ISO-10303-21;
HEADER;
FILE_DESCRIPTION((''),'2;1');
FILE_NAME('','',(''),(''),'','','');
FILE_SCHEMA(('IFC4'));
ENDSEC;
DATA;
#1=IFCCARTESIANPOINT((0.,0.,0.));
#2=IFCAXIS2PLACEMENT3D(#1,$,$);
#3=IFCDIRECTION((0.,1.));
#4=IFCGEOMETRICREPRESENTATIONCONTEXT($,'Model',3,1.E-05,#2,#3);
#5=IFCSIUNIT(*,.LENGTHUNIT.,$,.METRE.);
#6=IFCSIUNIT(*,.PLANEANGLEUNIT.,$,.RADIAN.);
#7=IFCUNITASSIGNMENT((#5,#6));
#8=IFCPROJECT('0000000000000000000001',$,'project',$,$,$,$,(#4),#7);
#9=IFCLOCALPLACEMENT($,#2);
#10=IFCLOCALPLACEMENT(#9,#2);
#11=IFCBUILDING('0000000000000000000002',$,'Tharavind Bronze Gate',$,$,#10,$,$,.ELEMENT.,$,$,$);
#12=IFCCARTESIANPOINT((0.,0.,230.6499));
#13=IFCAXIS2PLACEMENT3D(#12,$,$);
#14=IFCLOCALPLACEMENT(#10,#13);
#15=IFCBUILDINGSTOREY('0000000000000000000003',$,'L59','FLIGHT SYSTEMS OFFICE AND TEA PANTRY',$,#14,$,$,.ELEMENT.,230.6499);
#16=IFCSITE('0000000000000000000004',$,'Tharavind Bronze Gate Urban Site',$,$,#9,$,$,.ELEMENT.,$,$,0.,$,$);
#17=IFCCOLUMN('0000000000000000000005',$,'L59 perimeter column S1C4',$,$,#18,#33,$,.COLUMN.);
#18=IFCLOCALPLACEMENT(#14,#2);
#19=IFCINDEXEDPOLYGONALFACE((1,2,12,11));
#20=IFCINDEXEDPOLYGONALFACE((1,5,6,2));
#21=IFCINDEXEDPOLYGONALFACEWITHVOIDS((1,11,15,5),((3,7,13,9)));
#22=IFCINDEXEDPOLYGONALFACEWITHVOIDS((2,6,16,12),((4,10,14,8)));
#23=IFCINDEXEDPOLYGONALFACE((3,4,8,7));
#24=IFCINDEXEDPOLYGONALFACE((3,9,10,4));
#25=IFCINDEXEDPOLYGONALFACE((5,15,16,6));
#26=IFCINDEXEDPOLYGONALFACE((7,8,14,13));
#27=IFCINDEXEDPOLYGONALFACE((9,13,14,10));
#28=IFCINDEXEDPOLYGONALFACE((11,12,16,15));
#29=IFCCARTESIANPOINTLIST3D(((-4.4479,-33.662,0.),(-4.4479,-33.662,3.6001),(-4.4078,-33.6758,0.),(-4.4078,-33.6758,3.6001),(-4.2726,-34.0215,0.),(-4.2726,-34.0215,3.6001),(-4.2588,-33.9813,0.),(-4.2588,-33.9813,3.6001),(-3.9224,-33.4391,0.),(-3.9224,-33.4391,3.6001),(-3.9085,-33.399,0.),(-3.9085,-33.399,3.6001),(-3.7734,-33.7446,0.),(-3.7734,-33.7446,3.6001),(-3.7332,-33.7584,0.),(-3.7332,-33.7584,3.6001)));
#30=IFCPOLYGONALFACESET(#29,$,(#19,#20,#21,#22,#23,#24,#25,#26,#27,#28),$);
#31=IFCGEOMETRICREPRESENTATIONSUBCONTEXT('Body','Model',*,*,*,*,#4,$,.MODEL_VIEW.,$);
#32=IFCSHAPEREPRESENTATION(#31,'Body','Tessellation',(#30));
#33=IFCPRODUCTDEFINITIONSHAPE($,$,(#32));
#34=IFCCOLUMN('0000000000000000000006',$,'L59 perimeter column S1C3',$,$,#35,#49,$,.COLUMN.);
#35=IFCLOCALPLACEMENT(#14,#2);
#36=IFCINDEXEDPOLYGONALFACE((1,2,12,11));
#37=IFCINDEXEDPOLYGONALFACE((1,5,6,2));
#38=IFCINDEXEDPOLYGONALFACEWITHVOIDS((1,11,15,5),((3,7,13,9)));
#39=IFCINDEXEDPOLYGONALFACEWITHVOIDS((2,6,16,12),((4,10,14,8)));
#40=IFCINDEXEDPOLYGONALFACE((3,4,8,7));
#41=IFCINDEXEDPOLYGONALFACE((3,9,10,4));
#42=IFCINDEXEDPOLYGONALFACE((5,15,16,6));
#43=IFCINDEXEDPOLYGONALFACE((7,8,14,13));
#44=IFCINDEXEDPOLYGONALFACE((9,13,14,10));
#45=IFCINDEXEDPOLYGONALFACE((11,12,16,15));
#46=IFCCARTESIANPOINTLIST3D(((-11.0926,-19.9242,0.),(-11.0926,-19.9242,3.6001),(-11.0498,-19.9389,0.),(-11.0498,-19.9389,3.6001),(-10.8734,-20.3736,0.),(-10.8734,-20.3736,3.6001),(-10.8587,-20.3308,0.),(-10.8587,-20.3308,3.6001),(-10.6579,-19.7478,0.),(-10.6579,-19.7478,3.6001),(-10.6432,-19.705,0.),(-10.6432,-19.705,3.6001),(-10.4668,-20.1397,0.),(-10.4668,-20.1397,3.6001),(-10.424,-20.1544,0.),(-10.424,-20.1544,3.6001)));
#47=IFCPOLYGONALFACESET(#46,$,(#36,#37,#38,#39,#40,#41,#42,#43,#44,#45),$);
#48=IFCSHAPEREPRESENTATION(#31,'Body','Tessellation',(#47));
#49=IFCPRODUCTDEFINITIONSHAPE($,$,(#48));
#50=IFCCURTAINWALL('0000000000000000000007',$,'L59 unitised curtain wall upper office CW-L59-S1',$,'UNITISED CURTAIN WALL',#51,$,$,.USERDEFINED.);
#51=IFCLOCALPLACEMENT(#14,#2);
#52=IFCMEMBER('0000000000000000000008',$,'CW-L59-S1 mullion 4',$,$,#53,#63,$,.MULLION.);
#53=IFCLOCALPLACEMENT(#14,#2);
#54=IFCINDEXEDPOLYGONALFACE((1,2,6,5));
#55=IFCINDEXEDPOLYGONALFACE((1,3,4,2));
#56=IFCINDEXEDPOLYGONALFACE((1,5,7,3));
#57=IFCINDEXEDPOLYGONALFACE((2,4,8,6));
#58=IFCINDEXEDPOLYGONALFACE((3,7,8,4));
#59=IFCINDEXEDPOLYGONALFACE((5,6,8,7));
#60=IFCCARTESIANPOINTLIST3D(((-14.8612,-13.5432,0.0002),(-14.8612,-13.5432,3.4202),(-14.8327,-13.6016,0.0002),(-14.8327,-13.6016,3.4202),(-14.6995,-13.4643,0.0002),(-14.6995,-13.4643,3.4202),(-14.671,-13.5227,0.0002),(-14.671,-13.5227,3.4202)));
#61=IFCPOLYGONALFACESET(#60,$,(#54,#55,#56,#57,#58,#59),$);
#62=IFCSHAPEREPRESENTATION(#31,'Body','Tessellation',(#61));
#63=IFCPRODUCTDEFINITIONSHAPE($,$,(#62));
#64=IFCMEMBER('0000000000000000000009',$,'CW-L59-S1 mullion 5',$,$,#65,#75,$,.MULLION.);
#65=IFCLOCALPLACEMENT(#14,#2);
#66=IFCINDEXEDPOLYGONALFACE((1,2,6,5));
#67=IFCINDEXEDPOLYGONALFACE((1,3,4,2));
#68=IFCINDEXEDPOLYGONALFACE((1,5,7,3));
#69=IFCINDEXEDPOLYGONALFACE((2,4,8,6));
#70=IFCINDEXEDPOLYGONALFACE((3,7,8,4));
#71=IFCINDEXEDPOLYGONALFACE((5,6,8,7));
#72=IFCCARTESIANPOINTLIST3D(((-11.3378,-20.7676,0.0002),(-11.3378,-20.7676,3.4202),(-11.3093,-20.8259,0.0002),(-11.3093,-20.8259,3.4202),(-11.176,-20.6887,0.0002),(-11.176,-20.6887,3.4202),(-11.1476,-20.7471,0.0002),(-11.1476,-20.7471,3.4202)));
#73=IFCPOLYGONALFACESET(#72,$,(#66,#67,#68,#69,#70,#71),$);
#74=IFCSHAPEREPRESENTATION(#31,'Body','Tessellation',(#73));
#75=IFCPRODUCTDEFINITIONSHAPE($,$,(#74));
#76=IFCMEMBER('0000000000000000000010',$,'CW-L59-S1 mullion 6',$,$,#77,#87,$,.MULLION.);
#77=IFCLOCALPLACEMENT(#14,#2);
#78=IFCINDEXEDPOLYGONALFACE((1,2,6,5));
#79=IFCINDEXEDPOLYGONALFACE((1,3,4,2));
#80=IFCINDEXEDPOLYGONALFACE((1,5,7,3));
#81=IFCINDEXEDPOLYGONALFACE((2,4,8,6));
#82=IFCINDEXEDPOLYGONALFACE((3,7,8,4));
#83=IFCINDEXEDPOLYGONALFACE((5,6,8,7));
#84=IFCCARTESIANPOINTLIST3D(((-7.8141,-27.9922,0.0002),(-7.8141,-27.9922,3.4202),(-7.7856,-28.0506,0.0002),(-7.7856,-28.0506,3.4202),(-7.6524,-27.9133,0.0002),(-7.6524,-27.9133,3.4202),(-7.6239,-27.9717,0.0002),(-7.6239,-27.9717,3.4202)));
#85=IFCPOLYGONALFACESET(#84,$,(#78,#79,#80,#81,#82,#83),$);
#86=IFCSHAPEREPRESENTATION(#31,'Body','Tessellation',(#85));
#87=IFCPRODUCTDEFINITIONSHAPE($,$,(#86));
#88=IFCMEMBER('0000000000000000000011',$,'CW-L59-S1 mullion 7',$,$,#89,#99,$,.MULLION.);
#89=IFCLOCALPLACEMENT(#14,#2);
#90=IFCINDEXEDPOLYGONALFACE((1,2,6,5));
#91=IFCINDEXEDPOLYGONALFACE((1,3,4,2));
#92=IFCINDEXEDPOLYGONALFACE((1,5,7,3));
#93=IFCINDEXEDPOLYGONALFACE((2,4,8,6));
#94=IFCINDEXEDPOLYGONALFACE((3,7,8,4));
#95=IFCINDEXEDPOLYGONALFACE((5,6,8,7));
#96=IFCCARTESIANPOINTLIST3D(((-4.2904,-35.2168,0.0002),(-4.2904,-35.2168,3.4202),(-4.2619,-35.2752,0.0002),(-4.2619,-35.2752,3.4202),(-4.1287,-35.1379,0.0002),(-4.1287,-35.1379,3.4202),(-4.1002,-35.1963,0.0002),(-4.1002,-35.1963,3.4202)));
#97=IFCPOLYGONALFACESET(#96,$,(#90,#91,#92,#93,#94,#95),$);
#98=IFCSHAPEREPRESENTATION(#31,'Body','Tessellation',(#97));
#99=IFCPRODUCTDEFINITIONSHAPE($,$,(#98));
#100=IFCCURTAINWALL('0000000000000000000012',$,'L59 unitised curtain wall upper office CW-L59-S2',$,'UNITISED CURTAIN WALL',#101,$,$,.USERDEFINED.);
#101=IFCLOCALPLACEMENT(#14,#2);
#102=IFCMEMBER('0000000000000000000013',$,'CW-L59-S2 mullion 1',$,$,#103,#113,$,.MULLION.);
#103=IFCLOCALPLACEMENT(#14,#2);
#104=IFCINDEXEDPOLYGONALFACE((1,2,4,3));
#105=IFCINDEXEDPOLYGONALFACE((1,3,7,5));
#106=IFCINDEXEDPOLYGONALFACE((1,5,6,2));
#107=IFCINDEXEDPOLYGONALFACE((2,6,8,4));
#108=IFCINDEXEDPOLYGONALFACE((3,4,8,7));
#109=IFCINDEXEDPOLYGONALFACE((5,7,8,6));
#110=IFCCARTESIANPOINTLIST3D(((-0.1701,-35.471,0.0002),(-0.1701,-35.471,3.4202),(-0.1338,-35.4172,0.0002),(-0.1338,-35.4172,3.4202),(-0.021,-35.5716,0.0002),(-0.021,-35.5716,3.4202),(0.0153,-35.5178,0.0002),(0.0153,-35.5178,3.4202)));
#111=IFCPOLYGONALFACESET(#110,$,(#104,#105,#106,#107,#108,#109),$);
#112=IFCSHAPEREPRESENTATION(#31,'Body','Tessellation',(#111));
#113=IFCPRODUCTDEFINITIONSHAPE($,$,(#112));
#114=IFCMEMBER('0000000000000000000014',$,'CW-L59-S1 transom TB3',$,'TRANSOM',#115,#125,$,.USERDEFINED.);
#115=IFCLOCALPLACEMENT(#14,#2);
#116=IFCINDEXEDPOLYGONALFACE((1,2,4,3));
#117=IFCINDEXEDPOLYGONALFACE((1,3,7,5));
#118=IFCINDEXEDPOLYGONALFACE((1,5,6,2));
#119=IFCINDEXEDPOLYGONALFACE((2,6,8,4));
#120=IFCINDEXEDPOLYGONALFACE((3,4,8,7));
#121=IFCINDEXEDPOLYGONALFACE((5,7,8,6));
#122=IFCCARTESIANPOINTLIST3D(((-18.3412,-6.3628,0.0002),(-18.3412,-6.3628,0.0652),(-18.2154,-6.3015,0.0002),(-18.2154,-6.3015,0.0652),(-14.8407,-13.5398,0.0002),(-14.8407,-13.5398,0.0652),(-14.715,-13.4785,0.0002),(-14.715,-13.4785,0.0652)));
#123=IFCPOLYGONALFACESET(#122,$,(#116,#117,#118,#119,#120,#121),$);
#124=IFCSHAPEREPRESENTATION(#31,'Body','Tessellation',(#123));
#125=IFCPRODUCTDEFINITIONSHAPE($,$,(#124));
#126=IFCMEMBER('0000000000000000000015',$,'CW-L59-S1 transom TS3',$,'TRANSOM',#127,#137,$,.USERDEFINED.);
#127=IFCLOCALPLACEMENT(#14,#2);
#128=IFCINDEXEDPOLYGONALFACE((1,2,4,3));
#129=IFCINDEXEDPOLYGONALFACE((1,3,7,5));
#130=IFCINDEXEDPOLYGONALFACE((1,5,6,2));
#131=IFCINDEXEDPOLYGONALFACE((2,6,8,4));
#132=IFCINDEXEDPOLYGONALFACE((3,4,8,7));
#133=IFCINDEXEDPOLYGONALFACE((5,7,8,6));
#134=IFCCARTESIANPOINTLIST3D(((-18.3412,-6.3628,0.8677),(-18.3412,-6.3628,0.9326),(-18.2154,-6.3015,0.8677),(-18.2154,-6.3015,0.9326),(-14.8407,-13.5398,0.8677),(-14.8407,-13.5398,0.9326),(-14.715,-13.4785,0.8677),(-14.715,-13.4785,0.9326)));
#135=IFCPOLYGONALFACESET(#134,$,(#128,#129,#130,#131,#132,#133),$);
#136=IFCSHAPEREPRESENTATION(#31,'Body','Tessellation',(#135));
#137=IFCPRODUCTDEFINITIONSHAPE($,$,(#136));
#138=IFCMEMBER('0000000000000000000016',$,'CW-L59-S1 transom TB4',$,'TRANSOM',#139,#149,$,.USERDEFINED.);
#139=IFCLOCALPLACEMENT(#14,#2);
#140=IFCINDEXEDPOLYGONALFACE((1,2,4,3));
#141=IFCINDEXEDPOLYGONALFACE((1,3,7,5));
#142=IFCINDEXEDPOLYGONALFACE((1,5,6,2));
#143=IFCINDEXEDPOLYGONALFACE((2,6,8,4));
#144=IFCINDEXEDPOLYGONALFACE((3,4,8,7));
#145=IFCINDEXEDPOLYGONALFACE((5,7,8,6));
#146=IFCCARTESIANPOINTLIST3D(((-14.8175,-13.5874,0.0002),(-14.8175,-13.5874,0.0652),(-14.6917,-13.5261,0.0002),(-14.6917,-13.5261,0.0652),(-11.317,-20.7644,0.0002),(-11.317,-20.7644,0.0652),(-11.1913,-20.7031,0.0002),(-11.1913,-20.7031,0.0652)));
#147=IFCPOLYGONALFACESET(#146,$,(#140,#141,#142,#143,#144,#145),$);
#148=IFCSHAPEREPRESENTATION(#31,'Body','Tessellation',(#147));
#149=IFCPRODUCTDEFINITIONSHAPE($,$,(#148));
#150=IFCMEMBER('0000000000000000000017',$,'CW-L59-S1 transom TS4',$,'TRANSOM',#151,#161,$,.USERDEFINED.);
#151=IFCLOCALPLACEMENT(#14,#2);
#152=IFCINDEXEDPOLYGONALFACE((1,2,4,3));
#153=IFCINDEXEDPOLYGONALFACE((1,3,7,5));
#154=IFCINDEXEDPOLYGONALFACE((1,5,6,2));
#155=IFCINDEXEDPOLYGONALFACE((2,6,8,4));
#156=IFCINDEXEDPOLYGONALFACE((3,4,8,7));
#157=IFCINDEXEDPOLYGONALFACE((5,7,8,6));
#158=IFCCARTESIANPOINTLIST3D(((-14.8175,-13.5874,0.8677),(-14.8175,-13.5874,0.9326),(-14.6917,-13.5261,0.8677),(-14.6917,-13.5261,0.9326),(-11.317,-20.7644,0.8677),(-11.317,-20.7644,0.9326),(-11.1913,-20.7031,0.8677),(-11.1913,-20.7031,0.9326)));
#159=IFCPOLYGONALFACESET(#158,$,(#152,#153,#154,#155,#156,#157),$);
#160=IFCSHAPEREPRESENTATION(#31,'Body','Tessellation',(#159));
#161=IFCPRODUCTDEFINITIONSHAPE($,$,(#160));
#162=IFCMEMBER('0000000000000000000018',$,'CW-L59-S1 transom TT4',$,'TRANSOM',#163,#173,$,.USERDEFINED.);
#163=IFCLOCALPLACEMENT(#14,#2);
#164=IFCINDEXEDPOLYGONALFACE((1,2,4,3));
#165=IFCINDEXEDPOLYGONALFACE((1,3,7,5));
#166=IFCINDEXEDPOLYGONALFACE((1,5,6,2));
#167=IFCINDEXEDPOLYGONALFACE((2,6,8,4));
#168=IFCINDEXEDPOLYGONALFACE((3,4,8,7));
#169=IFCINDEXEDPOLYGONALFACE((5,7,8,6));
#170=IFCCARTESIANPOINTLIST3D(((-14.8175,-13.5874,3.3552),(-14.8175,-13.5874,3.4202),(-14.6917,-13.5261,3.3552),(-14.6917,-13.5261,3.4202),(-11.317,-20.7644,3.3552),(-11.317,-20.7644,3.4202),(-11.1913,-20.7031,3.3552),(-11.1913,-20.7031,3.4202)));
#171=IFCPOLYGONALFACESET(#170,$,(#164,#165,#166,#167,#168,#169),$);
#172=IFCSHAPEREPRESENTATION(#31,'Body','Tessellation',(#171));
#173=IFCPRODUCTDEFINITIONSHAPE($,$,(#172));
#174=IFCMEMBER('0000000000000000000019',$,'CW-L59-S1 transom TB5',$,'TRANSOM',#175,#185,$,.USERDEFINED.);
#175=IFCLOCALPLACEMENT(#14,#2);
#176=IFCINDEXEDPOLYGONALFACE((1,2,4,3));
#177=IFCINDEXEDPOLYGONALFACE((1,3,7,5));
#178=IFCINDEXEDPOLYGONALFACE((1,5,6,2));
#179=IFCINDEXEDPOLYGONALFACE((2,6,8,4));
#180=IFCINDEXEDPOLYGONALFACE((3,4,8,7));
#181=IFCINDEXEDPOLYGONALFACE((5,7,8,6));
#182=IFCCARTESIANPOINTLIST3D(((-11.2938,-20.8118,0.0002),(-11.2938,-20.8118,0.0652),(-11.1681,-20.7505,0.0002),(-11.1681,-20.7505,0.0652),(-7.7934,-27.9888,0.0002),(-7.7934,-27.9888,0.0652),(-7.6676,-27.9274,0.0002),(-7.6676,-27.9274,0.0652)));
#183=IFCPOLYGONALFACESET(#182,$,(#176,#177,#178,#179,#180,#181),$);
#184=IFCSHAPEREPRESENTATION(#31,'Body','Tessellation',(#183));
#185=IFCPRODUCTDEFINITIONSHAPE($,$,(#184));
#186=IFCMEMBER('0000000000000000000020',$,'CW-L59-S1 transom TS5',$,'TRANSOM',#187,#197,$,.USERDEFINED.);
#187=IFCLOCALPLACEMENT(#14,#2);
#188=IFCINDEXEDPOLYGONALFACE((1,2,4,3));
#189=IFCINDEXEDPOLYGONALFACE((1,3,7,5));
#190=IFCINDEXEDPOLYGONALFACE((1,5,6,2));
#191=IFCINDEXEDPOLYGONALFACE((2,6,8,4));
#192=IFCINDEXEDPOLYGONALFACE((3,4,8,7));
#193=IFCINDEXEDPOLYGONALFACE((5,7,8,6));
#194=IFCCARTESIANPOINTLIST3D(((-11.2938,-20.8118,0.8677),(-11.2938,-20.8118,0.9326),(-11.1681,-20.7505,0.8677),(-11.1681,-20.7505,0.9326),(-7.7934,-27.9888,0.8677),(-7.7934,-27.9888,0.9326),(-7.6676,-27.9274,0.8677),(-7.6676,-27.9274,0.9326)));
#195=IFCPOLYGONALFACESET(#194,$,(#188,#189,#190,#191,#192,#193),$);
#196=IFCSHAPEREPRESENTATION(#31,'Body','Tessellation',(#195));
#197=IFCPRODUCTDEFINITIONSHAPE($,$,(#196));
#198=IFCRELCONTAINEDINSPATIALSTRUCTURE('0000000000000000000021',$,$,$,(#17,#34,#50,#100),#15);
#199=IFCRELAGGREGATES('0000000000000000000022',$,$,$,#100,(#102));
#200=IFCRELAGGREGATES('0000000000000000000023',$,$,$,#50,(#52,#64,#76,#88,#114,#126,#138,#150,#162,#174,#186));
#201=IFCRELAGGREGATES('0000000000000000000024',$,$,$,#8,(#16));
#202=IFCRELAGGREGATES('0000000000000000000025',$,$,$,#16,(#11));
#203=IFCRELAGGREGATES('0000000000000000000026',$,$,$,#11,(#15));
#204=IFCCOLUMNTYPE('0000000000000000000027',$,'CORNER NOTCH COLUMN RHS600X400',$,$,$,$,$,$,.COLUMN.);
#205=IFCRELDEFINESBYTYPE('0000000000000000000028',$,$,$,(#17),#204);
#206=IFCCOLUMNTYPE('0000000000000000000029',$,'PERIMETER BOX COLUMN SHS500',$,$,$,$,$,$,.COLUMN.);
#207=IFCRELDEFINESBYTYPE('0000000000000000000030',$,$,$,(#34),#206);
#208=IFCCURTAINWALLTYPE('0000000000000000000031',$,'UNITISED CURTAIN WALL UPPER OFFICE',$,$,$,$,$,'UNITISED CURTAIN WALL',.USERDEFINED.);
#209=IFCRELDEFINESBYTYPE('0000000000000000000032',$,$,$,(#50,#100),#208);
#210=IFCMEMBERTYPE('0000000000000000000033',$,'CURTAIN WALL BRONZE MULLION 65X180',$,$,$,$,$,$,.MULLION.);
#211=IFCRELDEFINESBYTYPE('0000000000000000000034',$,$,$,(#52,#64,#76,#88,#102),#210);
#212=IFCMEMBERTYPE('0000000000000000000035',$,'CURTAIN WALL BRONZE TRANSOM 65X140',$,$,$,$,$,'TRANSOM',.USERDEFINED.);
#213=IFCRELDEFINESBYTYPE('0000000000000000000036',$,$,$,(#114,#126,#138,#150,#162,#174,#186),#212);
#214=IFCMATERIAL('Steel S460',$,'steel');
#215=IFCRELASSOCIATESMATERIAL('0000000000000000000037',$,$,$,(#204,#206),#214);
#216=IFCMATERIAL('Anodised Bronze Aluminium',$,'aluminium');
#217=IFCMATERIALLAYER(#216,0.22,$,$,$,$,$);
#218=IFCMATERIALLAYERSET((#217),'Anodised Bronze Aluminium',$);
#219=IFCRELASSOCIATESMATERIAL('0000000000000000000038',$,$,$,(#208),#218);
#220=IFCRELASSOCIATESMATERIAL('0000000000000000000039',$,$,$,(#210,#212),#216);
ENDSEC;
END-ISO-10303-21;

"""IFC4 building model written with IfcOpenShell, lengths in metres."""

from ifc_helpers import new_model, si_unit, direction, frame, origin, origin_2d, place, context, subcontext, project, spatial, rectangle, hollow_rectangle, extrude, material, layer, layer_set, material_profile, profile_set, type_object, element, aggregate, save


model = new_model("IFC4")

# Units and contexts
model_context = context("Model", 3, precision=1e-05, world=origin(), true_north=direction((0.0, 1.0)))
body_context = subcontext(model_context, "Body", "Model", "MODEL_VIEW")
ifc_project = project(units=[si_unit("LENGTHUNIT", "METRE"), si_unit("PLANEANGLEUNIT", "RADIAN")], contexts=[model_context])

# Site, building, storey
site_placement = place(None, origin())
site = spatial("IfcSite", under=ifc_project, at=site_placement, Name="Tharavind Bronze Gate Urban Site", CompositionType="ELEMENT", RefElevation=0.0)
building_placement = place(site_placement, origin())
building = spatial("IfcBuilding", under=site, at=building_placement, Name="Tharavind Bronze Gate", CompositionType="ELEMENT")
storey_placement = place(building_placement, frame((0.0, 0.0, 230.6499)))
storey = spatial("IfcBuildingStorey", under=building, at=storey_placement, Name="L59", Description="FLIGHT SYSTEMS OFFICE AND TEA PANTRY", CompositionType="ELEMENT", Elevation=230.6499)

# Columns
ifc_material_1 = material(Name="Steel S460", Category="steel")
ifc_material_profile_1 = material_profile(ifc_material_1, hollow_rectangle(XDim=0.3999, YDim=0.6001, WallThickness=0.03, at=origin_2d()), Name="RHS600X400X30")
ifc_profile_set_1 = profile_set([ifc_material_profile_1], Name="Steel S460")
column_type_1 = type_object("IfcColumnType", Name="CORNER NOTCH COLUMN RHS600X400", PredefinedType="COLUMN", material=ifc_profile_set_1)
column_1_placement = place(storey_placement, frame((-4.0906, -33.7102, 0.0), z_axis=(0.0, 0.0, 1.0), x_axis=(-0.438371, 0.898794, 0.0)))
element("IfcColumn", 1, at=column_1_placement, inside=storey, type_object=column_type_1, Name="L59 perimeter column S1C4", PredefinedType="COLUMN", context=body_context, shape_type="SweptSolid", body=[
    extrude(hollow_rectangle(XDim=0.3999, YDim=0.6001, WallThickness=0.03, at=origin_2d()), origin(), (0.0, 0.0, 1.0), 3.6001),
])
ifc_material_profile_2 = material_profile(ifc_material_1, hollow_rectangle(XDim=0.5, YDim=0.5, WallThickness=0.032, at=origin_2d()), Name="SHS500X32")
ifc_profile_set_2 = profile_set([ifc_material_profile_2], Name="Steel S460")
column_type_2 = type_object("IfcColumnType", Name="PERIMETER BOX COLUMN SHS500", PredefinedType="COLUMN", material=ifc_profile_set_2)
column_2_placement = place(storey_placement, frame((-10.7583, -20.0393, 0.0), z_axis=(0.0, 0.0, 1.0), x_axis=(-0.438371, 0.898794, 0.0)))
element("IfcColumn", 2, at=column_2_placement, inside=storey, type_object=column_type_2, Name="L59 perimeter column S1C3", PredefinedType="COLUMN", context=body_context, shape_type="SweptSolid", body=[
    extrude(hollow_rectangle(XDim=0.5, YDim=0.5, WallThickness=0.032, at=origin_2d()), origin(), (0.0, 0.0, 1.0), 3.6001),
])

# Curtain wall, members
ifc_material_2 = material(Name="Anodised Bronze Aluminium", Category="aluminium")
ifc_layer_1 = layer(ifc_material_2, 0.22)
ifc_layer_set_1 = layer_set([ifc_layer_1], Name="Anodised Bronze Aluminium")
curtain_wall_type = type_object("IfcCurtainWallType", Name="UNITISED CURTAIN WALL UPPER OFFICE", ElementType="UNITISED CURTAIN WALL", PredefinedType="USERDEFINED", material=ifc_layer_set_1)
curtain_wall_1_placement = place(storey_placement, origin())
curtain_wall_1 = element("IfcCurtainWall", 3, at=curtain_wall_1_placement, inside=storey, type_object=curtain_wall_type, Name="L59 unitised curtain wall upper office CW-L59-S1", ObjectType="UNITISED CURTAIN WALL", PredefinedType="USERDEFINED")
member_type_1 = type_object("IfcMemberType", Name="CURTAIN WALL BRONZE MULLION 65X180", PredefinedType="MULLION", material=ifc_material_2)
member_1_placement = place(storey_placement, frame((-14.7661, -13.533, 0.0002), z_axis=(0.0, 0.0, 1.0), x_axis=(0.438371, -0.898794, 0.0)))
member_1 = element("IfcMember", 4, at=member_1_placement, type_object=member_type_1, Name="CW-L59-S1 mullion 4", PredefinedType="MULLION", context=body_context, shape_type="SweptSolid", body=[
    extrude(rectangle(XDim=0.0649, YDim=0.1799, at=origin_2d()), origin(), (0.0, 0.0, 1.0), 3.4199),
])
member_2_placement = place(storey_placement, frame((-11.2427, -20.7573, 0.0002), z_axis=(0.0, 0.0, 1.0), x_axis=(0.438371, -0.898794, 0.0)))
member_2 = element("IfcMember", 5, at=member_2_placement, type_object=member_type_1, Name="CW-L59-S1 mullion 5", PredefinedType="MULLION", context=body_context, shape_type="SweptSolid", body=[
    extrude(rectangle(XDim=0.0649, YDim=0.1799, at=origin_2d()), origin(), (0.0, 0.0, 1.0), 3.4199),
])
member_3_placement = place(storey_placement, frame((-7.719, -27.9819, 0.0002), z_axis=(0.0, 0.0, 1.0), x_axis=(0.438371, -0.898794, 0.0)))
member_3 = element("IfcMember", 6, at=member_3_placement, type_object=member_type_1, Name="CW-L59-S1 mullion 6", PredefinedType="MULLION", context=body_context, shape_type="SweptSolid", body=[
    extrude(rectangle(XDim=0.0649, YDim=0.1799, at=origin_2d()), origin(), (0.0, 0.0, 1.0), 3.4199),
])
member_4_placement = place(storey_placement, frame((-4.1953, -35.2065, 0.0002), z_axis=(0.0, 0.0, 1.0), x_axis=(0.438371, -0.898794, 0.0)))
member_4 = element("IfcMember", 7, at=member_4_placement, type_object=member_type_1, Name="CW-L59-S1 mullion 7", PredefinedType="MULLION", context=body_context, shape_type="SweptSolid", body=[
    extrude(rectangle(XDim=0.0649, YDim=0.1799, at=origin_2d()), origin(), (0.0, 0.0, 1.0), 3.4199),
])

# Curtain wall, member
curtain_wall_2_placement = place(storey_placement, origin())
curtain_wall_2 = element("IfcCurtainWall", 8, at=curtain_wall_2_placement, inside=storey, type_object=curtain_wall_type, Name="L59 unitised curtain wall upper office CW-L59-S2", ObjectType="UNITISED CURTAIN WALL", PredefinedType="USERDEFINED")
member_5_placement = place(storey_placement, frame((-0.0774, -35.4944, 0.0002), z_axis=(0.0, 0.0, 1.0), x_axis=(0.559193, 0.829038, 0.0)))
member_5 = element("IfcMember", 9, at=member_5_placement, type_object=member_type_1, Name="CW-L59-S2 mullion 1", PredefinedType="MULLION", context=body_context, shape_type="SweptSolid", body=[
    extrude(rectangle(XDim=0.0649, YDim=0.1799, at=origin_2d()), origin(), (0.0, 0.0, 1.0), 3.4199),
])
aggregate(curtain_wall_2, [member_5])

# Members
member_type_2 = type_object("IfcMemberType", Name="CURTAIN WALL BRONZE TRANSOM 65X140", ElementType="TRANSOM", PredefinedType="USERDEFINED", material=ifc_material_2)
member_6_placement = place(storey_placement, frame((-16.5281, -9.9207, 0.0002), z_axis=(0.0, 0.0, 1.0), x_axis=(0.438371, -0.898794, 0.0)))
member_6 = element("IfcMember", 10, at=member_6_placement, type_object=member_type_2, Name="CW-L59-S1 transom TB3", ObjectType="TRANSOM", PredefinedType="USERDEFINED", context=body_context, shape_type="SweptSolid", body=[
    extrude(rectangle(XDim=7.9851, YDim=0.1399, at=origin_2d()), origin(), (0.0, 0.0, 1.0), 0.0649),
])
member_7_placement = place(storey_placement, frame((-16.5281, -9.9207, 0.8677), z_axis=(0.0, 0.0, 1.0), x_axis=(0.438371, -0.898794, 0.0)))
member_7 = element("IfcMember", 11, at=member_7_placement, type_object=member_type_2, Name="CW-L59-S1 transom TS3", ObjectType="TRANSOM", PredefinedType="USERDEFINED", context=body_context, shape_type="SweptSolid", body=[
    extrude(rectangle(XDim=7.9851, YDim=0.1399, at=origin_2d()), origin(), (0.0, 0.0, 1.0), 0.0649),
])
member_8_placement = place(storey_placement, frame((-13.0044, -17.1453, 0.0002), z_axis=(0.0, 0.0, 1.0), x_axis=(0.438371, -0.898794, 0.0)))
member_8 = element("IfcMember", 12, at=member_8_placement, type_object=member_type_2, Name="CW-L59-S1 transom TB4", ObjectType="TRANSOM", PredefinedType="USERDEFINED", context=body_context, shape_type="SweptSolid", body=[
    extrude(rectangle(XDim=7.9851, YDim=0.1399, at=origin_2d()), origin(), (0.0, 0.0, 1.0), 0.0649),
])
member_9_placement = place(storey_placement, frame((-13.0044, -17.1453, 0.8677), z_axis=(0.0, 0.0, 1.0), x_axis=(0.438371, -0.898794, 0.0)))
member_9 = element("IfcMember", 13, at=member_9_placement, type_object=member_type_2, Name="CW-L59-S1 transom TS4", ObjectType="TRANSOM", PredefinedType="USERDEFINED", context=body_context, shape_type="SweptSolid", body=[
    extrude(rectangle(XDim=7.9851, YDim=0.1399, at=origin_2d()), origin(), (0.0, 0.0, 1.0), 0.0649),
])
member_10_placement = place(storey_placement, frame((-13.0044, -17.1453, 3.3552), z_axis=(0.0, 0.0, 1.0), x_axis=(0.438371, -0.898794, 0.0)))
member_10 = element("IfcMember", 14, at=member_10_placement, type_object=member_type_2, Name="CW-L59-S1 transom TT4", ObjectType="TRANSOM", PredefinedType="USERDEFINED", context=body_context, shape_type="SweptSolid", body=[
    extrude(rectangle(XDim=7.9851, YDim=0.1399, at=origin_2d()), origin(), (0.0, 0.0, 1.0), 0.0649),
])
member_11_placement = place(storey_placement, frame((-9.4807, -24.3696, 0.0002), z_axis=(0.0, 0.0, 1.0), x_axis=(0.438371, -0.898794, 0.0)))
member_11 = element("IfcMember", 15, at=member_11_placement, type_object=member_type_2, Name="CW-L59-S1 transom TB5", ObjectType="TRANSOM", PredefinedType="USERDEFINED", context=body_context, shape_type="SweptSolid", body=[
    extrude(rectangle(XDim=7.9851, YDim=0.1399, at=origin_2d()), origin(), (0.0, 0.0, 1.0), 0.0649),
])
member_12_placement = place(storey_placement, frame((-9.4807, -24.3696, 0.8677), z_axis=(0.0, 0.0, 1.0), x_axis=(0.438371, -0.898794, 0.0)))
member_12 = element("IfcMember", 16, at=member_12_placement, type_object=member_type_2, Name="CW-L59-S1 transom TS5", ObjectType="TRANSOM", PredefinedType="USERDEFINED", context=body_context, shape_type="SweptSolid", body=[
    extrude(rectangle(XDim=7.9851, YDim=0.1399, at=origin_2d()), origin(), (0.0, 0.0, 1.0), 0.0649),
])

aggregate(curtain_wall_1, [member_1, member_2, member_3, member_4, member_6, member_7, member_8, member_9, member_10, member_11, member_12])

save(model, "model.ifc")
